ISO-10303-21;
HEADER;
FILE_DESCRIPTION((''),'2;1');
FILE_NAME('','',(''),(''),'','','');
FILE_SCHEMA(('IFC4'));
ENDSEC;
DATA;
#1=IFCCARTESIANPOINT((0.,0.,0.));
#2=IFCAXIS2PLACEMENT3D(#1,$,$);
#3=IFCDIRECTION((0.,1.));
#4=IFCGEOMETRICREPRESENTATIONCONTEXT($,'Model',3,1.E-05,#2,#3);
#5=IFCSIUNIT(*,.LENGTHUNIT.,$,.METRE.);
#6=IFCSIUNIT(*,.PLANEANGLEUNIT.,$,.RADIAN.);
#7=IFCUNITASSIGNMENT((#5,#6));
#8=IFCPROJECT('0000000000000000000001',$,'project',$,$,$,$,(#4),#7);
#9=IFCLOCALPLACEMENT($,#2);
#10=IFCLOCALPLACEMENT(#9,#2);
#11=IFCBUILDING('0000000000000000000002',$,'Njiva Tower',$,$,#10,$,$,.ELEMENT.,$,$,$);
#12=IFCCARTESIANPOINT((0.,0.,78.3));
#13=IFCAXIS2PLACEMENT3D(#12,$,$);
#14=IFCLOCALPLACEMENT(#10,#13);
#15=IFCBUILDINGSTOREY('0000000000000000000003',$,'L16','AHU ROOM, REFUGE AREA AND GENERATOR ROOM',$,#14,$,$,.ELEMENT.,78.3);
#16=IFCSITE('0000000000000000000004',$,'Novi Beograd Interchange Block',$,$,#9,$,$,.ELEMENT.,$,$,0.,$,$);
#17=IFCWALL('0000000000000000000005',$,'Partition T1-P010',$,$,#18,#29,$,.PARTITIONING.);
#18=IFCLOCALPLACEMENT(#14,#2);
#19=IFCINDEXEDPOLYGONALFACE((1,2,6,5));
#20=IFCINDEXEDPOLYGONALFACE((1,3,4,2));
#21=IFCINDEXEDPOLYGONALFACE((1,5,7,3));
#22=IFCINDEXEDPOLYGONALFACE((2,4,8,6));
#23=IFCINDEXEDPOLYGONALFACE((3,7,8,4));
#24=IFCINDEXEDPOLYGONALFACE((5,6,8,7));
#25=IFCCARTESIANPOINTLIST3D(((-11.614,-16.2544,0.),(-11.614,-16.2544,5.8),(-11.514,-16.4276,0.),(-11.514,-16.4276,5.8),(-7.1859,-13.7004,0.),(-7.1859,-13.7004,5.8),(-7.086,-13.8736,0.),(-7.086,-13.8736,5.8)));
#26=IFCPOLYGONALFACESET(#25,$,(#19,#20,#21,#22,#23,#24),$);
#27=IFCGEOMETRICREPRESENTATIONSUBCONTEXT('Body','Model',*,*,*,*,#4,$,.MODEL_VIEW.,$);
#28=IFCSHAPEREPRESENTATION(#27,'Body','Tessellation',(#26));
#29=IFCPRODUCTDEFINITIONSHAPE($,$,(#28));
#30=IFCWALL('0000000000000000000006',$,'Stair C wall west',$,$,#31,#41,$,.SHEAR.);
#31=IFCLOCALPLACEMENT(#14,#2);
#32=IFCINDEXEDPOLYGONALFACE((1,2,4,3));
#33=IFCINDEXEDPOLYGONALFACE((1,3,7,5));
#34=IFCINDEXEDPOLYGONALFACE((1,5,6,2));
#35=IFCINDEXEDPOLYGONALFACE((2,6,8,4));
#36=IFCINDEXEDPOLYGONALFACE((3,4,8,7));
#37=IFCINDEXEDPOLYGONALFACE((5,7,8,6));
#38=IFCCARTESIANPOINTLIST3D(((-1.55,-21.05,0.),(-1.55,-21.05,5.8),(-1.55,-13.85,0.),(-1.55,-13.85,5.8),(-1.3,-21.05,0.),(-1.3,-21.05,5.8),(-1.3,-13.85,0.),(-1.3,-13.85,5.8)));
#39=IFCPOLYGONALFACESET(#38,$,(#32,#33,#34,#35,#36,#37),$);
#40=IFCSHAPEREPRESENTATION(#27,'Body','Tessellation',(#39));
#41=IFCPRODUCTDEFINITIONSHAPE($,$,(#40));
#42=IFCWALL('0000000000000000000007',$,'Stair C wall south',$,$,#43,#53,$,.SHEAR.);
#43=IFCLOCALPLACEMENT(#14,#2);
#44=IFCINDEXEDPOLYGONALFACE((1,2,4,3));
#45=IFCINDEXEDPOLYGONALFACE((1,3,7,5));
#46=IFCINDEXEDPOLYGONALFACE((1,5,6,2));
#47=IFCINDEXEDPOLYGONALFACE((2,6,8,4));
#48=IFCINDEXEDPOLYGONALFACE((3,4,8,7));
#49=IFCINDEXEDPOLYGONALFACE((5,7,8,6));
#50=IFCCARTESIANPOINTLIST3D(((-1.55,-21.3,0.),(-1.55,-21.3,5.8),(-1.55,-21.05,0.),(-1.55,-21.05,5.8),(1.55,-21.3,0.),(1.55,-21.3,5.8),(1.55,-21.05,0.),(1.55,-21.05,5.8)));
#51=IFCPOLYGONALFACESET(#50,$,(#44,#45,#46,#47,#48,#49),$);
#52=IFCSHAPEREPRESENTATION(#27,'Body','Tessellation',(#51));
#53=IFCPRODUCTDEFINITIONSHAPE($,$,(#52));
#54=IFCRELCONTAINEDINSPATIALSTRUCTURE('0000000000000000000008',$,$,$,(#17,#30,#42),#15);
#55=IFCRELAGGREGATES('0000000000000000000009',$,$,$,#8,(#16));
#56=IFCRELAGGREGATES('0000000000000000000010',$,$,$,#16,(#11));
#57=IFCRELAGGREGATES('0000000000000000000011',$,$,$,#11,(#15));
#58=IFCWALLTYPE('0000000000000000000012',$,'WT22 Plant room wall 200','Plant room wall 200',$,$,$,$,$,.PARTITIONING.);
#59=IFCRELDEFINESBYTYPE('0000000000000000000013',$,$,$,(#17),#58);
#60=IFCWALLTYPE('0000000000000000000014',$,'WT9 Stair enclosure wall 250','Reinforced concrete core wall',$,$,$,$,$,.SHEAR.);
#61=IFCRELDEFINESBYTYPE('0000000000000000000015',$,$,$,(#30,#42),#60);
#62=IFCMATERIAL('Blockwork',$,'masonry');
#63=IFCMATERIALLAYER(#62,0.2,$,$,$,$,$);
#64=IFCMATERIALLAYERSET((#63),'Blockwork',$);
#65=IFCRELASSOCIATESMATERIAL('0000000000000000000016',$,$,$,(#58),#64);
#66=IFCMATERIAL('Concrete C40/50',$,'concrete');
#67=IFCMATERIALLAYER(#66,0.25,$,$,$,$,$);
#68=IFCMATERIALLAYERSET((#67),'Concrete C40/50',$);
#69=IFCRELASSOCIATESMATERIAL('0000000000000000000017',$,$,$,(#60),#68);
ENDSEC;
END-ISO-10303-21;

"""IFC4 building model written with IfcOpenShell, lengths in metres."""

from ifc_helpers import new_model, si_unit, direction, frame, frame_2d, origin, place, context, subcontext, project, spatial, rectangle, extrude, material, layer, layer_set, type_object, element, save


model = new_model("IFC4")

# Units and contexts
model_context = context("Model", 3, precision=1e-05, world=origin(), true_north=direction((0.0, 1.0)))
body_context = subcontext(model_context, "Body", "Model", "MODEL_VIEW")
ifc_project = project(units=[si_unit("LENGTHUNIT", "METRE"), si_unit("PLANEANGLEUNIT", "RADIAN")], contexts=[model_context])

# Site, building, storey
site_placement = place(None, origin())
site = spatial("IfcSite", under=ifc_project, at=site_placement, Name="Novi Beograd Interchange Block", CompositionType="ELEMENT", RefElevation=0.0)
building_placement = place(site_placement, origin())
building = spatial("IfcBuilding", under=site, at=building_placement, Name="Njiva Tower", CompositionType="ELEMENT")
storey_placement = place(building_placement, frame((0.0, 0.0, 78.3)))
storey = spatial("IfcBuildingStorey", under=building, at=storey_placement, Name="L16", Description="AHU ROOM, REFUGE AREA AND GENERATOR ROOM", CompositionType="ELEMENT", Elevation=78.3)

# Walls
ifc_material_1 = material(Name="Blockwork", Category="masonry")
ifc_layer_1 = layer(ifc_material_1, 0.2)
ifc_layer_set_1 = layer_set([ifc_layer_1], Name="Blockwork")
wall_type_1 = type_object("IfcWallType", Name="WT22 Plant room wall 200", Description="Plant room wall 200", PredefinedType="PARTITIONING", material=ifc_layer_set_1)
wall_1_placement = place(storey_placement, frame((-11.564, -16.341, 0.0), z_axis=(0.0, 0.0, 1.0), x_axis=(0.866238, 0.499632, 0.0)))
element("IfcWall", 1, at=wall_1_placement, inside=storey, type_object=wall_type_1, Name="Partition T1-P010", PredefinedType="PARTITIONING", context=body_context, shape_type="SweptSolid", body=[
    extrude(rectangle(XDim=5.1118, YDim=0.2, at=frame_2d((2.5559, 0.0))), origin(), (0.0, 0.0, 1.0), 5.8),
])
ifc_material_2 = material(Name="Concrete C40/50", Category="concrete")
ifc_layer_2 = layer(ifc_material_2, 0.25)
ifc_layer_set_2 = layer_set([ifc_layer_2], Name="Concrete C40/50")
wall_type_2 = type_object("IfcWallType", Name="WT9 Stair enclosure wall 250", Description="Reinforced concrete core wall", PredefinedType="SHEAR", material=ifc_layer_set_2)
wall_2_placement = place(storey_placement, frame((-1.425, -21.05, 0.0), z_axis=(0.0, 0.0, 1.0), x_axis=(0.0, 1.0, 0.0)))
element("IfcWall", 2, at=wall_2_placement, inside=storey, type_object=wall_type_2, Name="Stair C wall west", PredefinedType="SHEAR", context=body_context, shape_type="SweptSolid", body=[
    extrude(rectangle(XDim=7.2, YDim=0.25, at=frame_2d((3.6, 0.0))), origin(), (0.0, 0.0, 1.0), 5.8),
])
wall_3_placement = place(storey_placement, frame((-1.55, -21.175, 0.0), z_axis=(0.0, 0.0, 1.0), x_axis=(1.0, 0.0, 0.0)))
element("IfcWall", 3, at=wall_3_placement, inside=storey, type_object=wall_type_2, Name="Stair C wall south", PredefinedType="SHEAR", context=body_context, shape_type="SweptSolid", body=[
    extrude(rectangle(XDim=3.1, YDim=0.25, at=frame_2d((1.55, 0.0))), origin(), (0.0, 0.0, 1.0), 5.8),
])

save(model, "model.ifc")
